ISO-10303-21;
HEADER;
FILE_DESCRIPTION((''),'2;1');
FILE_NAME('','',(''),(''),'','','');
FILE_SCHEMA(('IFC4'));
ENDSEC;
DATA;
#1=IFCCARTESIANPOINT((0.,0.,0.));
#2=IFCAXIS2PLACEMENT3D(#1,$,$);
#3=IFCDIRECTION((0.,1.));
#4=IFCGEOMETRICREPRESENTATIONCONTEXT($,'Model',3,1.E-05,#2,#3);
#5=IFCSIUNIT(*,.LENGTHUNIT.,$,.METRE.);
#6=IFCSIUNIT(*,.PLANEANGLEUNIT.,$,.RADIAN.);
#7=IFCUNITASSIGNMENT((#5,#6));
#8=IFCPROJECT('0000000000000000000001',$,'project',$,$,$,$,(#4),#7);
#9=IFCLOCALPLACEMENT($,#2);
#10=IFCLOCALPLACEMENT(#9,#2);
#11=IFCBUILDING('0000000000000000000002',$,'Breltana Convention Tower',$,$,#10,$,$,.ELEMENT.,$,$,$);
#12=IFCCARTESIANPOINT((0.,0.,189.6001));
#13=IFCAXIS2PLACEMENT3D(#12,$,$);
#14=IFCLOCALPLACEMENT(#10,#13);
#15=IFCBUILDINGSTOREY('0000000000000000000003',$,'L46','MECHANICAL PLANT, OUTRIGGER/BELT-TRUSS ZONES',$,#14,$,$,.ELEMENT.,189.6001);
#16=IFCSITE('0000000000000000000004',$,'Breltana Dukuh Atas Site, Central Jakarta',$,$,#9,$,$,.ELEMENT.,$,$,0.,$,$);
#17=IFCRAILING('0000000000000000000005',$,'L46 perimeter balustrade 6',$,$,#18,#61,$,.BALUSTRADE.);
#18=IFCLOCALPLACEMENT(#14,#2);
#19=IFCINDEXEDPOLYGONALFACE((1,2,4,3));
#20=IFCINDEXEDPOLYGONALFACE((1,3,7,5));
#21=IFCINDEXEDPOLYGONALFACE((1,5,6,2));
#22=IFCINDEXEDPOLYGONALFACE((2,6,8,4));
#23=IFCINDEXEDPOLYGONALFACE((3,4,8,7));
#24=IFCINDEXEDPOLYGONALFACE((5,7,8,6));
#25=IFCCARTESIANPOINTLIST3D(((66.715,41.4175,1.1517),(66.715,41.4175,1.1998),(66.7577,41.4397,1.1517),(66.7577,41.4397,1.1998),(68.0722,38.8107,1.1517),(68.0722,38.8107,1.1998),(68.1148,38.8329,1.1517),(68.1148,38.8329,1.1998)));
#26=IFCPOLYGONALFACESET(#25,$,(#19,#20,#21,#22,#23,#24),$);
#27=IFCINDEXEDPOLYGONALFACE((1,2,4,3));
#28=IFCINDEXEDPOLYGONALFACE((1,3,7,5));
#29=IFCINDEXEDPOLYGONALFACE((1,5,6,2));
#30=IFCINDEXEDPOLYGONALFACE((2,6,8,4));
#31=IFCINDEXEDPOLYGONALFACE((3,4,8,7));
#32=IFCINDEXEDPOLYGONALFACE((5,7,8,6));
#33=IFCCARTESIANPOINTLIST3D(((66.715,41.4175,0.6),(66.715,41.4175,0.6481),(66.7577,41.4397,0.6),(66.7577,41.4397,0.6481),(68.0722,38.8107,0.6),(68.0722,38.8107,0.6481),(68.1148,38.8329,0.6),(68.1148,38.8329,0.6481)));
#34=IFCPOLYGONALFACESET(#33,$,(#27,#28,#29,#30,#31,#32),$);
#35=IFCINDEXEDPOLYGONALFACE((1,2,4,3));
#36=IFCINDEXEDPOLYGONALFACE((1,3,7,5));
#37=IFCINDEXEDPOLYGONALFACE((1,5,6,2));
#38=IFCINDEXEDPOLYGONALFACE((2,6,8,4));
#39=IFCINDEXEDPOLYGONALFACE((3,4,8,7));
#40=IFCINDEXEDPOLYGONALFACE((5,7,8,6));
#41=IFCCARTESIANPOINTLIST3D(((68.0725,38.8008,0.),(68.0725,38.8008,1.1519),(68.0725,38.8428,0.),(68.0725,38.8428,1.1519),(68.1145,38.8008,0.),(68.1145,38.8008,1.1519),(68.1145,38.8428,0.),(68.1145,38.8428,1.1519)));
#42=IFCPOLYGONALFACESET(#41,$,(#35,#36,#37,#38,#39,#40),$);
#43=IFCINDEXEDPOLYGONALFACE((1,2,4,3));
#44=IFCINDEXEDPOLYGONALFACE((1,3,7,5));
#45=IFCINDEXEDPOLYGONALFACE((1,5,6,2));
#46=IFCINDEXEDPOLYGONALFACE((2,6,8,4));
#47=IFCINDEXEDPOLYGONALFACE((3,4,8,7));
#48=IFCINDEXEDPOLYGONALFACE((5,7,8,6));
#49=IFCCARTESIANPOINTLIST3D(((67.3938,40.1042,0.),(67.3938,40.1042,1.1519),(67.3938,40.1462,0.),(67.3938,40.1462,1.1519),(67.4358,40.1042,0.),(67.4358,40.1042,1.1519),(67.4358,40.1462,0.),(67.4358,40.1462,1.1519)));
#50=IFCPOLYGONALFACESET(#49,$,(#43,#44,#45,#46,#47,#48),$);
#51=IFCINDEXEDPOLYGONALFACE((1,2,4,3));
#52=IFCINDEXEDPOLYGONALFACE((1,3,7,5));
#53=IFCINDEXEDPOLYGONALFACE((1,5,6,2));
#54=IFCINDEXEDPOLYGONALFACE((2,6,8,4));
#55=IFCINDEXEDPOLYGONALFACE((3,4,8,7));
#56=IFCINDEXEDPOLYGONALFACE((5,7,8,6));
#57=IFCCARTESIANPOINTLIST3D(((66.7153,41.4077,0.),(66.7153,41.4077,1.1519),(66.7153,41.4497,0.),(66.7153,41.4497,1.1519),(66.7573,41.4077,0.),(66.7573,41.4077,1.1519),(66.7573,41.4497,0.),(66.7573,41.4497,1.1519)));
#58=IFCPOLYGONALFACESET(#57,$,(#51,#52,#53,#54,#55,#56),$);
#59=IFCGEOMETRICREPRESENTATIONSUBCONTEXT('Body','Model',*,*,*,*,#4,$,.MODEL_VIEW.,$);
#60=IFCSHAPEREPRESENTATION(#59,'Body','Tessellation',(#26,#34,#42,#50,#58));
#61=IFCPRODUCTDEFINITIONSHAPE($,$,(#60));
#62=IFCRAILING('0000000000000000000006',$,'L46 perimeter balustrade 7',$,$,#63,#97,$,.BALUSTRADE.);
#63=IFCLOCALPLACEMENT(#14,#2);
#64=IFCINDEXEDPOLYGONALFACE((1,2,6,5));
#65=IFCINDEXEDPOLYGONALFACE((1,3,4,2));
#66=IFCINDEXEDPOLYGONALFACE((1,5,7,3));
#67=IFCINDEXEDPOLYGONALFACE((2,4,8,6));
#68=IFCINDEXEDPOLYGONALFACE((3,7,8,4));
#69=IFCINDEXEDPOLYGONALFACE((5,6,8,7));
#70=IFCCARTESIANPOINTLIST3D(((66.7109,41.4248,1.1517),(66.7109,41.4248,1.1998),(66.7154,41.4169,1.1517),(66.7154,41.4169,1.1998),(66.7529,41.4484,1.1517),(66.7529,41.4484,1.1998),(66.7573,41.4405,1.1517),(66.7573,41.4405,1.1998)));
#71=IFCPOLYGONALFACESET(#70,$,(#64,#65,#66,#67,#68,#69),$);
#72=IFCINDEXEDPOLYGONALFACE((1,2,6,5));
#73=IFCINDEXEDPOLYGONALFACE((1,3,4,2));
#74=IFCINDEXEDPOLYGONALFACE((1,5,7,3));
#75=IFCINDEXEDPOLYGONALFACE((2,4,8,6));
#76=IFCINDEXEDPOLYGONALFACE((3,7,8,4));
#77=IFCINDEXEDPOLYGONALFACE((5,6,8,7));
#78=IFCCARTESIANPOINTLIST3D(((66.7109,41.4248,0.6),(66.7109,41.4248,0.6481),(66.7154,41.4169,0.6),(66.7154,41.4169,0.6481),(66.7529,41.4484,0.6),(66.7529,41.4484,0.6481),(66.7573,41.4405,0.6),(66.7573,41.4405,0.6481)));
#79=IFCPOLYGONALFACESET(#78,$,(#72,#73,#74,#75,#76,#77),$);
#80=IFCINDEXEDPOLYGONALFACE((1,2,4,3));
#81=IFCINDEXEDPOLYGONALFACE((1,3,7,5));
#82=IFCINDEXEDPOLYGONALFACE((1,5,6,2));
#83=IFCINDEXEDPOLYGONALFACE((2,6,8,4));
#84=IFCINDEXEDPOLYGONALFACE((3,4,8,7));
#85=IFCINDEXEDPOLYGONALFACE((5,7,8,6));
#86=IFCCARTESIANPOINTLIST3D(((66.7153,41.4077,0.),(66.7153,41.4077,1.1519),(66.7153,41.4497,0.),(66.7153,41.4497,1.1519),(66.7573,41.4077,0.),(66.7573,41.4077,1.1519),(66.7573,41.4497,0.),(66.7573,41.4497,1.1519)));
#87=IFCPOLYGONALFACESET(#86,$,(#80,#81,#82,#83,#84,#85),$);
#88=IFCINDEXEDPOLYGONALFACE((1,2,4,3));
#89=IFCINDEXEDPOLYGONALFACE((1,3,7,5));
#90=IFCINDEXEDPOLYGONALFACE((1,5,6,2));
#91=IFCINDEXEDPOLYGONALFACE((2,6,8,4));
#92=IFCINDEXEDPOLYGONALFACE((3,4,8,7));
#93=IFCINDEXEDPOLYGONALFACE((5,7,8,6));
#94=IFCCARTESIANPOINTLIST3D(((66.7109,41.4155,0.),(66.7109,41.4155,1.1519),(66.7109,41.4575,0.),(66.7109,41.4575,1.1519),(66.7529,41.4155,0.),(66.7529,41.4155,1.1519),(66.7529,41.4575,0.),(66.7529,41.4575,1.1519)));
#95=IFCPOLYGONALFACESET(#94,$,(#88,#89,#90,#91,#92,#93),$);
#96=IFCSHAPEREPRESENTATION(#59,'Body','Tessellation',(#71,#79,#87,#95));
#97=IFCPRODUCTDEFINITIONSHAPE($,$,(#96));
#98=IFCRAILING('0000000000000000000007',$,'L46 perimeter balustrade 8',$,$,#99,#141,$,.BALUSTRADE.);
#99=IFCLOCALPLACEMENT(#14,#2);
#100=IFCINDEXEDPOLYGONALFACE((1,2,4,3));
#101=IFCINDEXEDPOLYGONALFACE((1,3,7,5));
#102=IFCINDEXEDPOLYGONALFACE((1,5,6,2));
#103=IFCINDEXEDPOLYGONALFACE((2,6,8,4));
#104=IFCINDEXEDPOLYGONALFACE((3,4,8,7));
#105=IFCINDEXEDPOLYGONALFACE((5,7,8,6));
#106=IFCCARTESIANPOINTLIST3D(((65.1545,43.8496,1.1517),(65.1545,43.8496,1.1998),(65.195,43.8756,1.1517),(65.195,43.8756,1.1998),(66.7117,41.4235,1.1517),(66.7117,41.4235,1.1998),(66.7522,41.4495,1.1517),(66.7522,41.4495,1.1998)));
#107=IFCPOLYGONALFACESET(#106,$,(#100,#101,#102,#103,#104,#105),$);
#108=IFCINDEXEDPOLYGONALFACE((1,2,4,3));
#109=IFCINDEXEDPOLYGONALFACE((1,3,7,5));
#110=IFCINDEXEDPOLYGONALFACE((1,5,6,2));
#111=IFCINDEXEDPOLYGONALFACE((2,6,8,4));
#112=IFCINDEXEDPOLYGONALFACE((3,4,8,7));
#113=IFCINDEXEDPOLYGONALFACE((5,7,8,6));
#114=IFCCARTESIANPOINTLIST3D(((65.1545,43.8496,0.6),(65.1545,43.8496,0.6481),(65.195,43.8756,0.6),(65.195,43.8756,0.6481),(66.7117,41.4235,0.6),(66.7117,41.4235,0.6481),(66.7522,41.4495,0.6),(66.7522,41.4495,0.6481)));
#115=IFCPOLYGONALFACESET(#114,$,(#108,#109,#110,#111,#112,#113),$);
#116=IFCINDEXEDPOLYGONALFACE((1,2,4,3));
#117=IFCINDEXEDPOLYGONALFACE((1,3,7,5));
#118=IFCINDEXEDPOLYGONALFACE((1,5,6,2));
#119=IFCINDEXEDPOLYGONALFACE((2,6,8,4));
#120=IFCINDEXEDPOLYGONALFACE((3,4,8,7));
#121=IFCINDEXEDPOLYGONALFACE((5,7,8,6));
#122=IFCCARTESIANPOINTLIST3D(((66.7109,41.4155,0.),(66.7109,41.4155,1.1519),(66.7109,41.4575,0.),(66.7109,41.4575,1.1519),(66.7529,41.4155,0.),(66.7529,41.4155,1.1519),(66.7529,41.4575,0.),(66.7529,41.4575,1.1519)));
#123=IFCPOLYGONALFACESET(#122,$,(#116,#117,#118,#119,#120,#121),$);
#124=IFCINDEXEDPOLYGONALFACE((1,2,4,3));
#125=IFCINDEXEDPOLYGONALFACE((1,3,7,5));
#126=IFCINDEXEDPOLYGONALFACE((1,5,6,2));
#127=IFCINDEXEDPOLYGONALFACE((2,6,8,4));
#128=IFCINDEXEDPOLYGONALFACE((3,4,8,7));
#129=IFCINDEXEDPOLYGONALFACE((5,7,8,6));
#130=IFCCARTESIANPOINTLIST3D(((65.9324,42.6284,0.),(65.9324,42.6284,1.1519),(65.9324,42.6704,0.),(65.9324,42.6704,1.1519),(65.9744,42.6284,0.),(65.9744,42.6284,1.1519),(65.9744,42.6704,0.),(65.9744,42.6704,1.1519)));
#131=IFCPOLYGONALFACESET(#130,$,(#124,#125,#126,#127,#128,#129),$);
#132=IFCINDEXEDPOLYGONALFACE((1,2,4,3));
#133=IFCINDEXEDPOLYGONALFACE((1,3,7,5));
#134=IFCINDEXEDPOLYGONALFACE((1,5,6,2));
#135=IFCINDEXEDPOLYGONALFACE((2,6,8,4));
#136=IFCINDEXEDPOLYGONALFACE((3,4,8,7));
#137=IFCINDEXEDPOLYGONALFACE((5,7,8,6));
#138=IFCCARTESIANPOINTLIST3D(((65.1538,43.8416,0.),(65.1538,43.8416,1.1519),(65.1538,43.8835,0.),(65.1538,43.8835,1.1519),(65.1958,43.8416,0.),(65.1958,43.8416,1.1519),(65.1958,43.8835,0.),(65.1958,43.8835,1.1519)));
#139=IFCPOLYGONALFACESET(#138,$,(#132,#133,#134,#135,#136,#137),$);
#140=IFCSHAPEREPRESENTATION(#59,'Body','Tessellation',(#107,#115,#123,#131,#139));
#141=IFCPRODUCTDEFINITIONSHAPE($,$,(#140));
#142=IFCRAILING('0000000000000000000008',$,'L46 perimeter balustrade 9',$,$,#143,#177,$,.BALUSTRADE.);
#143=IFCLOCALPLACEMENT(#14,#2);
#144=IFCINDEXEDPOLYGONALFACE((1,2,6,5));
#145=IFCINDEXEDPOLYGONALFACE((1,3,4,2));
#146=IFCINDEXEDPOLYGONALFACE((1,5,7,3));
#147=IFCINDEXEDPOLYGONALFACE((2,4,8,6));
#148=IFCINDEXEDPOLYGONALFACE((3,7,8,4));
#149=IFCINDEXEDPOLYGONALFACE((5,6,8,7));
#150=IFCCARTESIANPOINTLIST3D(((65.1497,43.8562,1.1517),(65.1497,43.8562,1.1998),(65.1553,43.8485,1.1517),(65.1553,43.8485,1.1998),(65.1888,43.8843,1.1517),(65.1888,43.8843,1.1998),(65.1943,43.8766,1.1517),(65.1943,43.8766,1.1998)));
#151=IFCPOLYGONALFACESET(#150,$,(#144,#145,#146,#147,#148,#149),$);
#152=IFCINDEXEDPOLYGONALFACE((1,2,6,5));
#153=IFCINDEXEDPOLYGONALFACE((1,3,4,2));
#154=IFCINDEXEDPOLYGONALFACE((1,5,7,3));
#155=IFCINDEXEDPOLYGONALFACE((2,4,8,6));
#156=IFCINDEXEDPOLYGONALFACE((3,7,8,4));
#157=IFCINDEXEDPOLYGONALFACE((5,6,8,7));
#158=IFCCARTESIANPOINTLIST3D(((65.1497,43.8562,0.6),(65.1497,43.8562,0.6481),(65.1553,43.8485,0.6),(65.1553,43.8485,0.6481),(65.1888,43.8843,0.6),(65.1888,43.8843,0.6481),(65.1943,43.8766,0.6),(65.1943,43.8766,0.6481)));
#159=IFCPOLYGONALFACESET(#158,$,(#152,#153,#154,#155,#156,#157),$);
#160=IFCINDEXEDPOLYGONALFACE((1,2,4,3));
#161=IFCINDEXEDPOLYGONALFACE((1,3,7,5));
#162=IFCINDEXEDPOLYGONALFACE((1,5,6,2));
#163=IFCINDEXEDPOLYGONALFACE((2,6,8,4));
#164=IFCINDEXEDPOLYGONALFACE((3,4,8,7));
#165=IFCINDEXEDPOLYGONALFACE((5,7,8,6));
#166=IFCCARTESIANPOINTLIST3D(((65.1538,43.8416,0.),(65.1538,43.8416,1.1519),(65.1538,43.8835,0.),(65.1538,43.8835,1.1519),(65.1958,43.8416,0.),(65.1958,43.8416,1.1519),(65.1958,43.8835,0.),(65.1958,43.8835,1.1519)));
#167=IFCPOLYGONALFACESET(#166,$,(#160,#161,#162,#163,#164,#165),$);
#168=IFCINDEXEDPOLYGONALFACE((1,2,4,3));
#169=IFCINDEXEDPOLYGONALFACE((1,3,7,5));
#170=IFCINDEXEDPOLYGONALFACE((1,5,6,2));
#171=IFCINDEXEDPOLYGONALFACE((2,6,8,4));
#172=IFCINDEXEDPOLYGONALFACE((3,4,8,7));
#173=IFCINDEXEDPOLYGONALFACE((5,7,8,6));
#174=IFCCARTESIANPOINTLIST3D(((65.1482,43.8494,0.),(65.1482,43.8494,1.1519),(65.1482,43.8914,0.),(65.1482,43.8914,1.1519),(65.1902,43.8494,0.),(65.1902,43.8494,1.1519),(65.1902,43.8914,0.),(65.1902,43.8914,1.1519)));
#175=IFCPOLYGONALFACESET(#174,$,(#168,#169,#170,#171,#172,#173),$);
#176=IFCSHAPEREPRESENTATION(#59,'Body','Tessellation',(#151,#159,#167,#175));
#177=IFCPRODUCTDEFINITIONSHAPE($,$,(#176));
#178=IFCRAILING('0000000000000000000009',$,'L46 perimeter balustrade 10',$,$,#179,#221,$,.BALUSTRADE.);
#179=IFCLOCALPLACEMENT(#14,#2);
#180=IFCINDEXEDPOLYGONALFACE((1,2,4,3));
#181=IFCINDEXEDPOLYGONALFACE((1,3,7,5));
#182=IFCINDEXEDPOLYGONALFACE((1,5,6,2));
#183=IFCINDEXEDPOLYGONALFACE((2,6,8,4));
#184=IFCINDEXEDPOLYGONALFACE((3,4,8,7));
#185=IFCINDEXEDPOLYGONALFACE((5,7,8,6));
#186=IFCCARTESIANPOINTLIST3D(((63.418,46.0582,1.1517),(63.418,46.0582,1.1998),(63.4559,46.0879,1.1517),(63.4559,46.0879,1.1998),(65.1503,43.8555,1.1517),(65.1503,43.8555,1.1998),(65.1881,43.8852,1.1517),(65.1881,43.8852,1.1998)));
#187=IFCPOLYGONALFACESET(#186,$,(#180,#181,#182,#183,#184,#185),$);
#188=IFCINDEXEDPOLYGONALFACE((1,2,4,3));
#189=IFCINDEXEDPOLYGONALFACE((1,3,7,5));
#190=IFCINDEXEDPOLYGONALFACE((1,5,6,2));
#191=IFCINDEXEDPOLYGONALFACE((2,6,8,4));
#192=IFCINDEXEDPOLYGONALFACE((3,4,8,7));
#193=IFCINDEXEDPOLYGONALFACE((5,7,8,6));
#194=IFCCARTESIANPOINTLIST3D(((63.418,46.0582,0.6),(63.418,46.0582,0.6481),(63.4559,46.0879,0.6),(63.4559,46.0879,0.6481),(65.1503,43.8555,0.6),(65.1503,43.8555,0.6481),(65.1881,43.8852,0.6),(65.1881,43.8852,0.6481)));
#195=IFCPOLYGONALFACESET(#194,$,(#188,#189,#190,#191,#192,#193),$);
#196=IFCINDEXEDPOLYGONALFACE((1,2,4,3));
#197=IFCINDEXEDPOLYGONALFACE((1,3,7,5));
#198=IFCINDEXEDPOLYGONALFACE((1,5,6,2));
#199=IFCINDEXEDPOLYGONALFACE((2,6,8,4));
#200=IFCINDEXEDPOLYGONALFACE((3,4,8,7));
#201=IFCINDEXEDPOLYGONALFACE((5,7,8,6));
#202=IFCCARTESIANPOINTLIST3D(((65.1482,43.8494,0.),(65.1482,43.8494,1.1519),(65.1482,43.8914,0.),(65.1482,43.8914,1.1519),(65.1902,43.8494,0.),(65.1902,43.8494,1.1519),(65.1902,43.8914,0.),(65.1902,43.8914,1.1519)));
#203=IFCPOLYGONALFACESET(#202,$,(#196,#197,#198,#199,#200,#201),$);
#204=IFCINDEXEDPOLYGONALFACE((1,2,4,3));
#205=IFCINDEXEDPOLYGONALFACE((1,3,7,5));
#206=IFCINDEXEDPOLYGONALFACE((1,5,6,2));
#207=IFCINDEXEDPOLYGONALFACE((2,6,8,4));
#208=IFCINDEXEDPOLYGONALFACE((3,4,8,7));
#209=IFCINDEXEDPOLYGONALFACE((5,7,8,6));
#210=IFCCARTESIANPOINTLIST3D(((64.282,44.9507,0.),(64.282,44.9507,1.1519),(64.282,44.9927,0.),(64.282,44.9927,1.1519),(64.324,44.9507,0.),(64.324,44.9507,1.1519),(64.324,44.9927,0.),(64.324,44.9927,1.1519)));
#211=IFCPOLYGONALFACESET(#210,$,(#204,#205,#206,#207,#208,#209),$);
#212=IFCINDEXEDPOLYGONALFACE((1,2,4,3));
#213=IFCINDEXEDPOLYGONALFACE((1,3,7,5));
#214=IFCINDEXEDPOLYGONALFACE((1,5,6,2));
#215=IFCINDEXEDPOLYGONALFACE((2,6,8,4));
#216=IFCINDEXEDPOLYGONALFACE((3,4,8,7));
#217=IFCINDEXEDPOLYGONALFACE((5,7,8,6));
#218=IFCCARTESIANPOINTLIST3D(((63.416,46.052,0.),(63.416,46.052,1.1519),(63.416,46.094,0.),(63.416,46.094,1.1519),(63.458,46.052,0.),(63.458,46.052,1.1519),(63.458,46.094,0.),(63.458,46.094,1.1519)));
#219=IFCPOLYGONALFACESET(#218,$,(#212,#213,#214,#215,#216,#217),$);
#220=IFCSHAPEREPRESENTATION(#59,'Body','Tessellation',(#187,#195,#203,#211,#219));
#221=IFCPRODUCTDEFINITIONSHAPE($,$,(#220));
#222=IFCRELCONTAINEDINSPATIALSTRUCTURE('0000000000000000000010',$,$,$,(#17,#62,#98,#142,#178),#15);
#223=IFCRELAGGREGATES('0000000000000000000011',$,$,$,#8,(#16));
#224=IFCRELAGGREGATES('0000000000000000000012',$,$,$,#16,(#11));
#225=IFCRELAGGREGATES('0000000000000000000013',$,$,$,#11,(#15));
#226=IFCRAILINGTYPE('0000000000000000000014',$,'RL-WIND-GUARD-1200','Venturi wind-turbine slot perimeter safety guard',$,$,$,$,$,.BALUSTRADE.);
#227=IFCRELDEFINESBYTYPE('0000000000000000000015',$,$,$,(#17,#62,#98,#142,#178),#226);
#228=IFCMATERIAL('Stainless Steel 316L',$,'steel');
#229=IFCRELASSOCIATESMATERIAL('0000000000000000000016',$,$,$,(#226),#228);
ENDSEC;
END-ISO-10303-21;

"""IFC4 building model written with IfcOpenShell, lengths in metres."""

from ifc_helpers import new_model, si_unit, direction, frame, origin, origin_2d, place, context, subcontext, project, spatial, rectangle, extrude, material, type_object, element, save


model = new_model("IFC4")

# Units and contexts
model_context = context("Model", 3, precision=1e-05, world=origin(), true_north=direction((0.0, 1.0)))
body_context = subcontext(model_context, "Body", "Model", "MODEL_VIEW")
ifc_project = project(units=[si_unit("LENGTHUNIT", "METRE"), si_unit("PLANEANGLEUNIT", "RADIAN")], contexts=[model_context])

# Site, building, storey
site_placement = place(None, origin())
site = spatial("IfcSite", under=ifc_project, at=site_placement, Name="Breltana Dukuh Atas Site, Central Jakarta", CompositionType="ELEMENT", RefElevation=0.0)
building_placement = place(site_placement, origin())
building = spatial("IfcBuilding", under=site, at=building_placement, Name="Breltana Convention Tower", CompositionType="ELEMENT")
storey_placement = place(building_placement, frame((0.0, 0.0, 189.6001)))
storey = spatial("IfcBuildingStorey", under=building, at=storey_placement, Name="L46", Description="MECHANICAL PLANT, OUTRIGGER/BELT-TRUSS ZONES", CompositionType="ELEMENT", Elevation=189.6001)

# Railings
ifc_material_1 = material(Name="Stainless Steel 316L", Category="steel")
railing_type = type_object("IfcRailingType", Name="RL-WIND-GUARD-1200", Description="Venturi wind-turbine slot perimeter safety guard", PredefinedType="BALUSTRADE", material=ifc_material_1)
railing_1_placement = place(storey_placement, frame((68.0935, 38.8218, 0.0)))
element("IfcRailing", 1, at=railing_1_placement, inside=storey, type_object=railing_type, Name="L46 perimeter balustrade 6", PredefinedType="BALUSTRADE", context=body_context, shape_type="SweptSolid", body=[
    extrude(rectangle(XDim=0.0481, YDim=0.0481, at=origin_2d()), frame((0.0, 0.0, 1.1758), z_axis=(-0.461774, 0.886998, 0.0), x_axis=(-0.886998, -0.461774, 0.0)), (0.0, 0.0, 1.0), 2.939),
    extrude(rectangle(XDim=0.0481, YDim=0.0481, at=origin_2d()), frame((0.0, 0.0, 0.624), z_axis=(-0.461774, 0.886998, 0.0), x_axis=(-0.886998, -0.461774, 0.0)), (0.0, 0.0, 1.0), 2.939),
    extrude(rectangle(XDim=0.042, YDim=0.042, at=origin_2d()), origin(), (0.0, 0.0, 1.0), 1.1519),
    extrude(rectangle(XDim=0.042, YDim=0.042, at=origin_2d()), frame((-0.6787, 1.3035, 0.0)), (0.0, 0.0, 1.0), 1.1519),
    extrude(rectangle(XDim=0.042, YDim=0.042, at=origin_2d()), frame((-1.3572, 2.6069, 0.0)), (0.0, 0.0, 1.0), 1.1519),
])
railing_2_placement = place(storey_placement, frame((66.7363, 41.4287, 0.0)))
element("IfcRailing", 2, at=railing_2_placement, inside=storey, type_object=railing_type, Name="L46 perimeter balustrade 7", PredefinedType="BALUSTRADE", context=body_context, shape_type="SweptSolid", body=[
    extrude(rectangle(XDim=0.0481, YDim=0.0481, at=origin_2d()), frame((0.0, 0.0, 1.1758), z_axis=(-0.490261, 0.871576, 0.0), x_axis=(-0.871576, -0.490261, 0.0)), (0.0, 0.0, 1.0), 0.009),
    extrude(rectangle(XDim=0.0481, YDim=0.0481, at=origin_2d()), frame((0.0, 0.0, 0.624), z_axis=(-0.490261, 0.871576, 0.0), x_axis=(-0.871576, -0.490261, 0.0)), (0.0, 0.0, 1.0), 0.009),
    extrude(rectangle(XDim=0.042, YDim=0.042, at=origin_2d()), origin(), (0.0, 0.0, 1.0), 1.1519),
    extrude(rectangle(XDim=0.042, YDim=0.042, at=origin_2d()), frame((-0.0044, 0.0078, 0.0)), (0.0, 0.0, 1.0), 1.1519),
])
railing_3_placement = place(storey_placement, frame((66.7319, 41.4365, 0.0)))
element("IfcRailing", 3, at=railing_3_placement, inside=storey, type_object=railing_type, Name="L46 perimeter balustrade 8", PredefinedType="BALUSTRADE", context=body_context, shape_type="SweptSolid", body=[
    extrude(rectangle(XDim=0.0481, YDim=0.0481, at=origin_2d()), frame((0.0, 0.0, 1.1758), z_axis=(-0.540154, 0.841566, 0.0), x_axis=(-0.841566, -0.540154, 0.0)), (0.0, 0.0, 1.0), 2.8828),
    extrude(rectangle(XDim=0.0481, YDim=0.0481, at=origin_2d()), frame((0.0, 0.0, 0.624), z_axis=(-0.540154, 0.841566, 0.0), x_axis=(-0.841566, -0.540154, 0.0)), (0.0, 0.0, 1.0), 2.8828),
    extrude(rectangle(XDim=0.042, YDim=0.042, at=origin_2d()), origin(), (0.0, 0.0, 1.0), 1.1519),
    extrude(rectangle(XDim=0.042, YDim=0.042, at=origin_2d()), frame((-0.7786, 1.2129, 0.0)), (0.0, 0.0, 1.0), 1.1519),
    extrude(rectangle(XDim=0.042, YDim=0.042, at=origin_2d()), frame((-1.5571, 2.426, 0.0)), (0.0, 0.0, 1.0), 1.1519),
])
railing_4_placement = place(storey_placement, frame((65.1748, 43.8625, 0.0)))
element("IfcRailing", 4, at=railing_4_placement, inside=storey, type_object=railing_type, Name="L46 perimeter balustrade 9", PredefinedType="BALUSTRADE", context=body_context, shape_type="SweptSolid", body=[
    extrude(rectangle(XDim=0.0481, YDim=0.0481, at=origin_2d()), frame((0.0, 0.0, 1.1758), z_axis=(-0.583636, 0.812015, 0.0), x_axis=(-0.812015, -0.583636, 0.0)), (0.0, 0.0, 1.0), 0.0095),
    extrude(rectangle(XDim=0.0481, YDim=0.0481, at=origin_2d()), frame((0.0, 0.0, 0.624), z_axis=(-0.583636, 0.812015, 0.0), x_axis=(-0.812015, -0.583636, 0.0)), (0.0, 0.0, 1.0), 0.0095),
    extrude(rectangle(XDim=0.042, YDim=0.042, at=origin_2d()), origin(), (0.0, 0.0, 1.0), 1.1519),
    extrude(rectangle(XDim=0.042, YDim=0.042, at=origin_2d()), frame((-0.0056, 0.0078, 0.0)), (0.0, 0.0, 1.0), 1.1519),
])
railing_5_placement = place(storey_placement, frame((65.1692, 43.8704, 0.0)))
element("IfcRailing", 5, at=railing_5_placement, inside=storey, type_object=railing_type, Name="L46 perimeter balustrade 10", PredefinedType="BALUSTRADE", context=body_context, shape_type="SweptSolid", body=[
    extrude(rectangle(XDim=0.0481, YDim=0.0481, at=origin_2d()), frame((0.0, 0.0, 1.1758), z_axis=(-0.61816, 0.786052, 0.0), x_axis=(-0.786052, -0.61816, 0.0)), (0.0, 0.0, 1.0), 2.8022),
    extrude(rectangle(XDim=0.0481, YDim=0.0481, at=origin_2d()), frame((0.0, 0.0, 0.624), z_axis=(-0.61816, 0.786052, 0.0), x_axis=(-0.786052, -0.61816, 0.0)), (0.0, 0.0, 1.0), 2.8022),
    extrude(rectangle(XDim=0.042, YDim=0.042, at=origin_2d()), origin(), (0.0, 0.0, 1.0), 1.1519),
    extrude(rectangle(XDim=0.042, YDim=0.042, at=origin_2d()), frame((-0.8662, 1.1013, 0.0)), (0.0, 0.0, 1.0), 1.1519),
    extrude(rectangle(XDim=0.042, YDim=0.042, at=origin_2d()), frame((-1.7322, 2.2026, 0.0)), (0.0, 0.0, 1.0), 1.1519),
])

save(model, "model.ifc")
